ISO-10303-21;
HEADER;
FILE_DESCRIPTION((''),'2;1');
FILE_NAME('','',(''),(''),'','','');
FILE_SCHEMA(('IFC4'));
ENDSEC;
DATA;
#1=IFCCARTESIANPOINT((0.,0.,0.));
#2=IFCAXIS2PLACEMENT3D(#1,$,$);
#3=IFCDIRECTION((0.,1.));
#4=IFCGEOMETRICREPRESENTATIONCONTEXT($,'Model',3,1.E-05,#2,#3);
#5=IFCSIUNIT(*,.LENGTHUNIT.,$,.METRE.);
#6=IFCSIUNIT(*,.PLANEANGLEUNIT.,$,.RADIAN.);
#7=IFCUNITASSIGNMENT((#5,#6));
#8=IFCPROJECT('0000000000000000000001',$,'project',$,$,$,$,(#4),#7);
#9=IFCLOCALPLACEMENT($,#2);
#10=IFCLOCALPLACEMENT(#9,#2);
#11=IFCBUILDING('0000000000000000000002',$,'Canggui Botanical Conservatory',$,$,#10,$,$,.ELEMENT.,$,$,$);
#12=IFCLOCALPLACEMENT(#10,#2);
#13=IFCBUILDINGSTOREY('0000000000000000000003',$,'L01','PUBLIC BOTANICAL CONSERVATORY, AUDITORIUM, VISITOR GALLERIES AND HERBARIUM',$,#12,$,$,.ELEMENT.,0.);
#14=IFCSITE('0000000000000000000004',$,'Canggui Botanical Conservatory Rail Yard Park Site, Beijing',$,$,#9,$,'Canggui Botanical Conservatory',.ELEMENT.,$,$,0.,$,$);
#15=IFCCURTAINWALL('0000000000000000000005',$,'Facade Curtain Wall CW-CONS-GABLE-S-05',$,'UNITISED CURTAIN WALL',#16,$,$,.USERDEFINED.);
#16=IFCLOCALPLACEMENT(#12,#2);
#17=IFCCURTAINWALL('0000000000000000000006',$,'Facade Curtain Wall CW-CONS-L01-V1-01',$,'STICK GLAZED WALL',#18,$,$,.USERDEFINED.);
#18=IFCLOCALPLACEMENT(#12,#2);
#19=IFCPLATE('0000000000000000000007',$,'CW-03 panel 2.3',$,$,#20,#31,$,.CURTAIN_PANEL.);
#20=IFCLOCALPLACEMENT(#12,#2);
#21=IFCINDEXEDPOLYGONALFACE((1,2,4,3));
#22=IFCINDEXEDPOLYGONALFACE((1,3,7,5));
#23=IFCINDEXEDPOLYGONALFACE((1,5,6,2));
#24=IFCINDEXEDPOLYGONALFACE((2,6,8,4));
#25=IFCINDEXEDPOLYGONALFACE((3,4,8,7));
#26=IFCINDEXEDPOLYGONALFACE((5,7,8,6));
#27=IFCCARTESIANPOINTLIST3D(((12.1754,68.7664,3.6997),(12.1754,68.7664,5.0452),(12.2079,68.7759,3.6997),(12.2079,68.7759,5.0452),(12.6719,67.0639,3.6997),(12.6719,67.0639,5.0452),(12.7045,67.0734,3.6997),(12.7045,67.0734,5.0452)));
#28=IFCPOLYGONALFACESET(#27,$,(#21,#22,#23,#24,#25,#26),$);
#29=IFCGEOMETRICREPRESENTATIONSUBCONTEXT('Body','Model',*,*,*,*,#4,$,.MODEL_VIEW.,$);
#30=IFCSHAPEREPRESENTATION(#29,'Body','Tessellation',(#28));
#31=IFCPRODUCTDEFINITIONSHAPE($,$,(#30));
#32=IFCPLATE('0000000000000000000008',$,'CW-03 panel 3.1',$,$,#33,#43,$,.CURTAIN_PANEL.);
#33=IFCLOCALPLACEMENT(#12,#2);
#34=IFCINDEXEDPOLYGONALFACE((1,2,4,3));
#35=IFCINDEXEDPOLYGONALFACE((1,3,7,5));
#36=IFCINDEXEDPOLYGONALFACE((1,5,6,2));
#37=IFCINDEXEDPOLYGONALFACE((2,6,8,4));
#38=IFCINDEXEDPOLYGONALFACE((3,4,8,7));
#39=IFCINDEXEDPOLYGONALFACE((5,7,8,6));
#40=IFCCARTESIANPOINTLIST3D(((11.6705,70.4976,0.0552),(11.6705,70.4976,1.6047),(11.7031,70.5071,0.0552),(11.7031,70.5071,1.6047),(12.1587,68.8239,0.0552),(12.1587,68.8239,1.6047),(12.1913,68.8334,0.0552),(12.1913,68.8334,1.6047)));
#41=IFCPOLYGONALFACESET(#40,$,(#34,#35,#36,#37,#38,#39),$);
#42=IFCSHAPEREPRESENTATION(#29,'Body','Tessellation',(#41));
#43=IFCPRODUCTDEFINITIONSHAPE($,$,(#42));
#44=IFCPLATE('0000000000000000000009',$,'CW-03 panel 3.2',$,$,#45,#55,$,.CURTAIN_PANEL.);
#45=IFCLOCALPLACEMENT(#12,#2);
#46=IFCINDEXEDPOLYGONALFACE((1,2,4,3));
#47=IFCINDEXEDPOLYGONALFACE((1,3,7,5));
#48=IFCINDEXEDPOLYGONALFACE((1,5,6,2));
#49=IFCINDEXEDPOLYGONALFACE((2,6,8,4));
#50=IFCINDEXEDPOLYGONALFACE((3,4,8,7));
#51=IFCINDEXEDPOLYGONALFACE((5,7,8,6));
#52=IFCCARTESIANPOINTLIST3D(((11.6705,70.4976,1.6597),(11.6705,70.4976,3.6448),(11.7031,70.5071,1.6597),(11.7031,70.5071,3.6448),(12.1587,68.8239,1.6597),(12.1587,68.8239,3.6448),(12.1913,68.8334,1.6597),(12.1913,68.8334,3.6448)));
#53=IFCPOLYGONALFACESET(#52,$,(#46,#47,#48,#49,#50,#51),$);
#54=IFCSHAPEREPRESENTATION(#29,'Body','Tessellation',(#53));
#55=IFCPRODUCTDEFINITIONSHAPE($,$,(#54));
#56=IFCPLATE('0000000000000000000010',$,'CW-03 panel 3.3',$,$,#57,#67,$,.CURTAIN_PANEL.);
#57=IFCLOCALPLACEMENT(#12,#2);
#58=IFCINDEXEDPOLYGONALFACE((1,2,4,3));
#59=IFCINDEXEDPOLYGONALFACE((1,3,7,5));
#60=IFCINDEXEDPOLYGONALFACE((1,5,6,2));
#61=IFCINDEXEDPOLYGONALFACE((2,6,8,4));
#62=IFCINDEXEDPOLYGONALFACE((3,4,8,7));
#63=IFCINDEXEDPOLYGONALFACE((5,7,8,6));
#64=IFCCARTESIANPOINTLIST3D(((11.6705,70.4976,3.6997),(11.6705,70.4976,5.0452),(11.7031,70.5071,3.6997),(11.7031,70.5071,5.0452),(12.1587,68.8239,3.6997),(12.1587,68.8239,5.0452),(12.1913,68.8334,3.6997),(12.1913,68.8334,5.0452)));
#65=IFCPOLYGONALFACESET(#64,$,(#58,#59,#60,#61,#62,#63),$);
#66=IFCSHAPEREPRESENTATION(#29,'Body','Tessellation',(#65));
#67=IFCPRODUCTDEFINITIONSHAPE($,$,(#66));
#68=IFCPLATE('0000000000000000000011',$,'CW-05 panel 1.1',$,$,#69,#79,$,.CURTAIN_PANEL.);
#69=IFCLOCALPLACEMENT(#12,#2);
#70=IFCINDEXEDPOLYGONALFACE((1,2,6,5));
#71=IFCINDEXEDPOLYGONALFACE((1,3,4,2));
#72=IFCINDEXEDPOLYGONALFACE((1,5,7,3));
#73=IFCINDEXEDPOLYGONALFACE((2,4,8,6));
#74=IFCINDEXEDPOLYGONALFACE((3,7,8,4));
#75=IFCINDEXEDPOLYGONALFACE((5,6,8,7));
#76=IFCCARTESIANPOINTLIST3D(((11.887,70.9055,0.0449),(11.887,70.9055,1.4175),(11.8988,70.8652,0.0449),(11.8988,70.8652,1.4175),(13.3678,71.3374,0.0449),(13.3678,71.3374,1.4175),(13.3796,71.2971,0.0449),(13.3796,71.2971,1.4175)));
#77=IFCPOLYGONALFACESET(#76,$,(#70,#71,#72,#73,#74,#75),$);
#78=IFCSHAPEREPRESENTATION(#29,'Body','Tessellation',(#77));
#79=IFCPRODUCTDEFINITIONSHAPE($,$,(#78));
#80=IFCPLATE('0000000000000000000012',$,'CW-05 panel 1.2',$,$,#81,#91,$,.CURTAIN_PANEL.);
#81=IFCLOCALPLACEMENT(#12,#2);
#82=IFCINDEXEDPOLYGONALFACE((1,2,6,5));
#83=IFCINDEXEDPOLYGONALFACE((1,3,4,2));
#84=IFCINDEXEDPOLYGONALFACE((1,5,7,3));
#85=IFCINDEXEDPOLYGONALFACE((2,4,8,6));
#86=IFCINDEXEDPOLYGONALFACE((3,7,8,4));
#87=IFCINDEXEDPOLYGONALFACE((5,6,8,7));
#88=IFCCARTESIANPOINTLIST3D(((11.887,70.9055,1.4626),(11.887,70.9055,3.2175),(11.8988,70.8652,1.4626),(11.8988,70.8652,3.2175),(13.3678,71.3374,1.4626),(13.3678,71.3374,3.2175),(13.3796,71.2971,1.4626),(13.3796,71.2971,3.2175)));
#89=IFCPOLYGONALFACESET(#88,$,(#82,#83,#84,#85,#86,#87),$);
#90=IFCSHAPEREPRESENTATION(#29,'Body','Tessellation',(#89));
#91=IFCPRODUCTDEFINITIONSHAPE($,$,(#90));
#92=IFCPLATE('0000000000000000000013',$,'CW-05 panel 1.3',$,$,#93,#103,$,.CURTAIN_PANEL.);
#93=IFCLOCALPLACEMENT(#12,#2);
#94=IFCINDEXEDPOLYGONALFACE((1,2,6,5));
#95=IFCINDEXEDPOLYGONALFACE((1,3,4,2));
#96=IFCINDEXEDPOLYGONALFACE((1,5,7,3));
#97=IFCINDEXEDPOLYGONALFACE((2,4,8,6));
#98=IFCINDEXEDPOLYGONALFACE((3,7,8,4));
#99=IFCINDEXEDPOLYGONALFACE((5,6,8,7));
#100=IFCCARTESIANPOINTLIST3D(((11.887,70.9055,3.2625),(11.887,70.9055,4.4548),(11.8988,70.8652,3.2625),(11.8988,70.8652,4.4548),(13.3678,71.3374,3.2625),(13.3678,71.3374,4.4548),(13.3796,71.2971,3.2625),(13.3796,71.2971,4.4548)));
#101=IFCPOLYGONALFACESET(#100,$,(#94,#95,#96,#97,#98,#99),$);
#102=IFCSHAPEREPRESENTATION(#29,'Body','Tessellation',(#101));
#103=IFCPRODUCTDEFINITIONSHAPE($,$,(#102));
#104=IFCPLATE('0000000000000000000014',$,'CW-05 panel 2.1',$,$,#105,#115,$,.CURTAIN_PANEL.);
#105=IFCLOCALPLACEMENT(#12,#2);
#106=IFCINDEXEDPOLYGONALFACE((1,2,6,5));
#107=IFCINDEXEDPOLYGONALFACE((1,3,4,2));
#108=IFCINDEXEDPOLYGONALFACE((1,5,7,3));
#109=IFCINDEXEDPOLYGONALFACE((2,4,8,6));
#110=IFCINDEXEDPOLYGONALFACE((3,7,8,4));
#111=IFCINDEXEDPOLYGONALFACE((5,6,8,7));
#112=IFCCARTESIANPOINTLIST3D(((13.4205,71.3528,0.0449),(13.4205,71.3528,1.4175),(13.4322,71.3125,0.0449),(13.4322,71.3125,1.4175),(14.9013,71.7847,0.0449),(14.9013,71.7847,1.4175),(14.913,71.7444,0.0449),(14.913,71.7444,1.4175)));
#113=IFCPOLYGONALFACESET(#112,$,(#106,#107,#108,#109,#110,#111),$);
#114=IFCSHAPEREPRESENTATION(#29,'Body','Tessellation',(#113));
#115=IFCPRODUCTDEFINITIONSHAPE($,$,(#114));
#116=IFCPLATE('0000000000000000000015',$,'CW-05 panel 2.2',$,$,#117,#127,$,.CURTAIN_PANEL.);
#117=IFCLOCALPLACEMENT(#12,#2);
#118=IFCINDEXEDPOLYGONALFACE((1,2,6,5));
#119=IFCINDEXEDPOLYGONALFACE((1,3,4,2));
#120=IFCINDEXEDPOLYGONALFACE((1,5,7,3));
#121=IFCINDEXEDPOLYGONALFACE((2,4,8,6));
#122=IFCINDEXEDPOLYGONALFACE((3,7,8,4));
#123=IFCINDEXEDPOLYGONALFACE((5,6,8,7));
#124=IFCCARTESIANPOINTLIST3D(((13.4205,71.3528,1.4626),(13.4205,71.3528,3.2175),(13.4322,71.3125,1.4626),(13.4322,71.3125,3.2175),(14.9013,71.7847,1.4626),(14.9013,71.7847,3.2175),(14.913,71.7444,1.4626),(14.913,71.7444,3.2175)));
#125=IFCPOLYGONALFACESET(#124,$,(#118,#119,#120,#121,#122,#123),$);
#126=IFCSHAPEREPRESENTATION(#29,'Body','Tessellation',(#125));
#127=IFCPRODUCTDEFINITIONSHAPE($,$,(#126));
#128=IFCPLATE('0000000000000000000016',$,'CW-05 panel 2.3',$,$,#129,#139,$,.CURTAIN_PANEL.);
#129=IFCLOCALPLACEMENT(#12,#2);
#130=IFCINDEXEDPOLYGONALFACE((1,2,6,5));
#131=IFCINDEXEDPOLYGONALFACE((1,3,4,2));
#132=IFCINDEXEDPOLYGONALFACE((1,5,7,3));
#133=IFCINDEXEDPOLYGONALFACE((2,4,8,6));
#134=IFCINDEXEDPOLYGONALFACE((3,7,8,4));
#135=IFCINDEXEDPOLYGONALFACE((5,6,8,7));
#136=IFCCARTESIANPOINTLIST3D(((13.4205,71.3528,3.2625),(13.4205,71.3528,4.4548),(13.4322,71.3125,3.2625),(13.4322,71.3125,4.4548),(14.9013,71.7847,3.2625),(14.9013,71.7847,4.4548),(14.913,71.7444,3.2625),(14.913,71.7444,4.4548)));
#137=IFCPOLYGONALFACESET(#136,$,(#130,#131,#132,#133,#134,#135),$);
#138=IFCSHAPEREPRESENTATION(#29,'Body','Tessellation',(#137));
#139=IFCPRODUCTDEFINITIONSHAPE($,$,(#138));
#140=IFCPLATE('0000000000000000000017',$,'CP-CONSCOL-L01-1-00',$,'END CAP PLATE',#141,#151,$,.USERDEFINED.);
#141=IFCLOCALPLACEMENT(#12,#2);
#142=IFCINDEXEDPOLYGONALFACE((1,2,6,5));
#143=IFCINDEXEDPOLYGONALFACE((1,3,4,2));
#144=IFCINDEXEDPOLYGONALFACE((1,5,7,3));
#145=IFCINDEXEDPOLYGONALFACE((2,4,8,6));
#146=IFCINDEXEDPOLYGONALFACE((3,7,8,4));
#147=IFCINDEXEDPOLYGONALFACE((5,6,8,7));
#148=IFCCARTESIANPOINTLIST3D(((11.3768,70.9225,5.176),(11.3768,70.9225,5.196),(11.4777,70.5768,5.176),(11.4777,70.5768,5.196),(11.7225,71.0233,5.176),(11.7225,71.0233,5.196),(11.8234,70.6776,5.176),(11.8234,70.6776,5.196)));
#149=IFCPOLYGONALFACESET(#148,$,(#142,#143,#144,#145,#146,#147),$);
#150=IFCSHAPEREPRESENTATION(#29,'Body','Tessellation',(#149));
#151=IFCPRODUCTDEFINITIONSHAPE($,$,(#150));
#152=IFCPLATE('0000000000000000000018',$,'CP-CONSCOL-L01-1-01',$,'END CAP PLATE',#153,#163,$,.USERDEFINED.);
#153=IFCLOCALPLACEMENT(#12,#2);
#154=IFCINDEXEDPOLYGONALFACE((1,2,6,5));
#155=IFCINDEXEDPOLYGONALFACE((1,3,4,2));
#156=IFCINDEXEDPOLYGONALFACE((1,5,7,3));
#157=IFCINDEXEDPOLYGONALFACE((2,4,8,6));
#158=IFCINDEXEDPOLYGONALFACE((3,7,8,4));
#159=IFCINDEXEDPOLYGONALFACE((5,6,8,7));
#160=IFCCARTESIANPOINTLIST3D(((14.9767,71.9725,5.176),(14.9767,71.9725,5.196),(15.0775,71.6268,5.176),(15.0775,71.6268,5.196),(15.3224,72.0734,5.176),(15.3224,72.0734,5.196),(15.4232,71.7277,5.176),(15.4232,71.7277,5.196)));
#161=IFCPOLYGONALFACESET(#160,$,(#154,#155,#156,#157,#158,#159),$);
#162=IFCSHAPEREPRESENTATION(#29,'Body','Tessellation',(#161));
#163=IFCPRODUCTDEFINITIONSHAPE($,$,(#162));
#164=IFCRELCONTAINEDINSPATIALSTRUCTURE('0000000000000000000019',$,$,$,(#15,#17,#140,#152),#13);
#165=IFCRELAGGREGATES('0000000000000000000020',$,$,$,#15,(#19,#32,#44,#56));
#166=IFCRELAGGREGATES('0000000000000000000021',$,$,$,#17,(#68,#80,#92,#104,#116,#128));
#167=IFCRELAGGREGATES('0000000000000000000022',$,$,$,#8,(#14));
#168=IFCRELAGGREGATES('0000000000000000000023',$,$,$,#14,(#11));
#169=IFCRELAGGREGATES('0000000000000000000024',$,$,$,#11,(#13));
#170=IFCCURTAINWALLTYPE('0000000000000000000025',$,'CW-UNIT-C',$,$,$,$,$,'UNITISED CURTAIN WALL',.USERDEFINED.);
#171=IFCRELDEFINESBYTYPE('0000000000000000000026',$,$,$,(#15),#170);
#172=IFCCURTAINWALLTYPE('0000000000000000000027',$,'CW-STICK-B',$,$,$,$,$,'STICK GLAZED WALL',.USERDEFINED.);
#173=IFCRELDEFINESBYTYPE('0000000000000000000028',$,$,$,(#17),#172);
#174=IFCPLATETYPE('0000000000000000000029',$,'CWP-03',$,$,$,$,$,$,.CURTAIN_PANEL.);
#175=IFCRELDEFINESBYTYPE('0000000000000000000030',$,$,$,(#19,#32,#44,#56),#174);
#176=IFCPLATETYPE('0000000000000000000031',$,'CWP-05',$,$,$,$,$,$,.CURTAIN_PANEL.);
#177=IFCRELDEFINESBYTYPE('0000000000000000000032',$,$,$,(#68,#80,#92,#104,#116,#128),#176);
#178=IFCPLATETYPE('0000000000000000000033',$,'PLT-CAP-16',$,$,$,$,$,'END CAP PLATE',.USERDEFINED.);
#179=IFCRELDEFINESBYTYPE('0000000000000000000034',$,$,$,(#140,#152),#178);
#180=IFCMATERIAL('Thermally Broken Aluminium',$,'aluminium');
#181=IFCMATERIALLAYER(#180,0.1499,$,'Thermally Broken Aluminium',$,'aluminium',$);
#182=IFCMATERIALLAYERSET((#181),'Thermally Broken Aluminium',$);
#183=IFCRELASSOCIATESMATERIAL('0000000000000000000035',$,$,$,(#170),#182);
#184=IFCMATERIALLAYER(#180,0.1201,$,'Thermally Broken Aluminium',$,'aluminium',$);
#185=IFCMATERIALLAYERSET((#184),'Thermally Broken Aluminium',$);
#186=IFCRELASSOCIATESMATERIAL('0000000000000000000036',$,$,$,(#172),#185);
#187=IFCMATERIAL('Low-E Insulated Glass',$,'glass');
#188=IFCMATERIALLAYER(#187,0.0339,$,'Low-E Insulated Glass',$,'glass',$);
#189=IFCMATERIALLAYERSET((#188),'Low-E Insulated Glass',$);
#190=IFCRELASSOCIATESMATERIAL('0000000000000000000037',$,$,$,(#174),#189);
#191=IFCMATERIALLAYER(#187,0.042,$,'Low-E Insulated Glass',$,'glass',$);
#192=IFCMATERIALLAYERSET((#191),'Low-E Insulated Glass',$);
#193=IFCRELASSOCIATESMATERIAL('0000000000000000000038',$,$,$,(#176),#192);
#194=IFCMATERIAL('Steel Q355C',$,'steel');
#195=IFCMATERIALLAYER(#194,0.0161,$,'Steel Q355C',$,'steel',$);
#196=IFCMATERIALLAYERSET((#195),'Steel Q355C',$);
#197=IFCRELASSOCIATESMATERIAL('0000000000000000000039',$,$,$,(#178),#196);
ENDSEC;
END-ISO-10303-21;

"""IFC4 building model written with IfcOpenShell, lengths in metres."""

from ifc_helpers import new_model, si_unit, direction, frame, origin, origin_2d, place, context, subcontext, project, spatial, rectangle, extrude, material, layer, layer_set, type_object, element, aggregate, save


model = new_model("IFC4")

# Units and contexts
model_context = context("Model", 3, precision=1e-05, world=origin(), true_north=direction((0.0, 1.0)))
body_context = subcontext(model_context, "Body", "Model", "MODEL_VIEW")
ifc_project = project(units=[si_unit("LENGTHUNIT", "METRE"), si_unit("PLANEANGLEUNIT", "RADIAN")], contexts=[model_context])

# Site, building, storey
site_placement = place(None, origin())
site = spatial("IfcSite", under=ifc_project, at=site_placement, Name="Canggui Botanical Conservatory Rail Yard Park Site, Beijing", LongName="Canggui Botanical Conservatory", CompositionType="ELEMENT", RefElevation=0.0)
building_placement = place(site_placement, origin())
building = spatial("IfcBuilding", under=site, at=building_placement, Name="Canggui Botanical Conservatory", CompositionType="ELEMENT")
storey_placement = place(building_placement, origin())
storey = spatial("IfcBuildingStorey", under=building, at=storey_placement, Name="L01", Description="PUBLIC BOTANICAL CONSERVATORY, AUDITORIUM, VISITOR GALLERIES AND HERBARIUM", CompositionType="ELEMENT", Elevation=0.0)

# Shared definitions
ifc_material_1 = material(Name="Steel Q355C", Category="steel")

# Curtain walls
ifc_material_2 = material(Name="Thermally Broken Aluminium", Category="aluminium")
ifc_layer_1 = layer(ifc_material_2, 0.1499, Name="Thermally Broken Aluminium", Category="aluminium")
ifc_layer_set_1 = layer_set([ifc_layer_1], Name="Thermally Broken Aluminium")
curtain_wall_type_1 = type_object("IfcCurtainWallType", Name="CW-UNIT-C", ElementType="UNITISED CURTAIN WALL", PredefinedType="USERDEFINED", material=ifc_layer_set_1)
curtain_wall_1_placement = place(storey_placement, origin())
curtain_wall_1 = element("IfcCurtainWall", 1, at=curtain_wall_1_placement, inside=storey, type_object=curtain_wall_type_1, Name="Facade Curtain Wall CW-CONS-GABLE-S-05", ObjectType="UNITISED CURTAIN WALL", PredefinedType="USERDEFINED")
ifc_layer_2 = layer(ifc_material_2, 0.1201, Name="Thermally Broken Aluminium", Category="aluminium")
ifc_layer_set_2 = layer_set([ifc_layer_2], Name="Thermally Broken Aluminium")
curtain_wall_type_2 = type_object("IfcCurtainWallType", Name="CW-STICK-B", ElementType="STICK GLAZED WALL", PredefinedType="USERDEFINED", material=ifc_layer_set_2)
curtain_wall_2_placement = place(storey_placement, origin())
curtain_wall_2 = element("IfcCurtainWall", 2, at=curtain_wall_2_placement, inside=storey, type_object=curtain_wall_type_2, Name="Facade Curtain Wall CW-CONS-L01-V1-01", ObjectType="STICK GLAZED WALL", PredefinedType="USERDEFINED")

# Plates
ifc_material_3 = material(Name="Low-E Insulated Glass", Category="glass")
ifc_layer_3 = layer(ifc_material_3, 0.0339, Name="Low-E Insulated Glass", Category="glass")
ifc_layer_set_3 = layer_set([ifc_layer_3], Name="Low-E Insulated Glass")
plate_type_1 = type_object("IfcPlateType", Name="CWP-03", PredefinedType="CURTAIN_PANEL", material=ifc_layer_set_3)
plate_1_placement = place(storey_placement, frame((12.4399, 67.9199, 3.6997), z_axis=(0.0, 0.0, 1.0), x_axis=(-0.28, 0.96, 0.0)))
plate_1 = element("IfcPlate", 3, at=plate_1_placement, type_object=plate_type_1, Name="CW-03 panel 2.3", PredefinedType="CURTAIN_PANEL", context=body_context, shape_type="SweptSolid", body=[
    extrude(rectangle(XDim=1.7734, YDim=0.0339, at=origin_2d()), origin(), (0.0, 0.0, 1.0), 1.3455),
])
plate_2_placement = place(storey_placement, frame((11.9309, 69.6655, 0.0552), z_axis=(0.0, 0.0, 1.0), x_axis=(-0.28, 0.96, 0.0)))
plate_2 = element("IfcPlate", 4, at=plate_2_placement, type_object=plate_type_1, Name="CW-03 panel 3.1", PredefinedType="CURTAIN_PANEL", context=body_context, shape_type="SweptSolid", body=[
    extrude(rectangle(XDim=1.7434, YDim=0.0339, at=origin_2d()), origin(), (0.0, 0.0, 1.0), 1.5496),
])
plate_3_placement = place(storey_placement, frame((11.9309, 69.6655, 1.6597), z_axis=(0.0, 0.0, 1.0), x_axis=(-0.28, 0.96, 0.0)))
plate_3 = element("IfcPlate", 5, at=plate_3_placement, type_object=plate_type_1, Name="CW-03 panel 3.2", PredefinedType="CURTAIN_PANEL", context=body_context, shape_type="SweptSolid", body=[
    extrude(rectangle(XDim=1.7434, YDim=0.0339, at=origin_2d()), origin(), (0.0, 0.0, 1.0), 1.9851),
])
plate_4_placement = place(storey_placement, frame((11.9309, 69.6655, 3.6997), z_axis=(0.0, 0.0, 1.0), x_axis=(-0.28, 0.96, 0.0)))
plate_4 = element("IfcPlate", 6, at=plate_4_placement, type_object=plate_type_1, Name="CW-03 panel 3.3", PredefinedType="CURTAIN_PANEL", context=body_context, shape_type="SweptSolid", body=[
    extrude(rectangle(XDim=1.7434, YDim=0.0339, at=origin_2d()), origin(), (0.0, 0.0, 1.0), 1.3455),
])
aggregate(curtain_wall_1, [plate_1, plate_2, plate_3, plate_4])
ifc_layer_4 = layer(ifc_material_3, 0.042, Name="Low-E Insulated Glass", Category="glass")
ifc_layer_set_4 = layer_set([ifc_layer_4], Name="Low-E Insulated Glass")
plate_type_2 = type_object("IfcPlateType", Name="CWP-05", PredefinedType="CURTAIN_PANEL", material=ifc_layer_set_4)
plate_5_placement = place(storey_placement, frame((12.6333, 71.1013, 0.0449), z_axis=(0.0, 0.0, 1.0), x_axis=(0.96, 0.28, 0.0)))
plate_5 = element("IfcPlate", 7, at=plate_5_placement, type_object=plate_type_2, Name="CW-05 panel 1.1", PredefinedType="CURTAIN_PANEL", context=body_context, shape_type="SweptSolid", body=[
    extrude(rectangle(XDim=1.5425, YDim=0.042, at=origin_2d()), origin(), (0.0, 0.0, 1.0), 1.3726),
])
plate_6_placement = place(storey_placement, frame((12.6333, 71.1013, 1.4626), z_axis=(0.0, 0.0, 1.0), x_axis=(0.96, 0.28, 0.0)))
plate_6 = element("IfcPlate", 8, at=plate_6_placement, type_object=plate_type_2, Name="CW-05 panel 1.2", PredefinedType="CURTAIN_PANEL", context=body_context, shape_type="SweptSolid", body=[
    extrude(rectangle(XDim=1.5425, YDim=0.042, at=origin_2d()), origin(), (0.0, 0.0, 1.0), 1.7549),
])
plate_7_placement = place(storey_placement, frame((12.6333, 71.1013, 3.2625), z_axis=(0.0, 0.0, 1.0), x_axis=(0.96, 0.28, 0.0)))
plate_7 = element("IfcPlate", 9, at=plate_7_placement, type_object=plate_type_2, Name="CW-05 panel 1.3", PredefinedType="CURTAIN_PANEL", context=body_context, shape_type="SweptSolid", body=[
    extrude(rectangle(XDim=1.5425, YDim=0.042, at=origin_2d()), origin(), (0.0, 0.0, 1.0), 1.1924),
])
plate_8_placement = place(storey_placement, frame((14.1667, 71.5486, 0.0449), z_axis=(0.0, 0.0, 1.0), x_axis=(0.96, 0.28, 0.0)))
plate_8 = element("IfcPlate", 10, at=plate_8_placement, type_object=plate_type_2, Name="CW-05 panel 2.1", PredefinedType="CURTAIN_PANEL", context=body_context, shape_type="SweptSolid", body=[
    extrude(rectangle(XDim=1.5425, YDim=0.042, at=origin_2d()), origin(), (0.0, 0.0, 1.0), 1.3726),
])
plate_9_placement = place(storey_placement, frame((14.1667, 71.5486, 1.4626), z_axis=(0.0, 0.0, 1.0), x_axis=(0.96, 0.28, 0.0)))
plate_9 = element("IfcPlate", 11, at=plate_9_placement, type_object=plate_type_2, Name="CW-05 panel 2.2", PredefinedType="CURTAIN_PANEL", context=body_context, shape_type="SweptSolid", body=[
    extrude(rectangle(XDim=1.5425, YDim=0.042, at=origin_2d()), origin(), (0.0, 0.0, 1.0), 1.7549),
])
plate_10_placement = place(storey_placement, frame((14.1667, 71.5486, 3.2625), z_axis=(0.0, 0.0, 1.0), x_axis=(0.96, 0.28, 0.0)))
plate_10 = element("IfcPlate", 12, at=plate_10_placement, type_object=plate_type_2, Name="CW-05 panel 2.3", PredefinedType="CURTAIN_PANEL", context=body_context, shape_type="SweptSolid", body=[
    extrude(rectangle(XDim=1.5425, YDim=0.042, at=origin_2d()), origin(), (0.0, 0.0, 1.0), 1.1924),
])
aggregate(curtain_wall_2, [plate_5, plate_6, plate_7, plate_8, plate_9, plate_10])

# Plates
ifc_layer_5 = layer(ifc_material_1, 0.0161, Name="Steel Q355C", Category="steel")
ifc_layer_set_5 = layer_set([ifc_layer_5], Name="Steel Q355C")
plate_type_3 = type_object("IfcPlateType", Name="PLT-CAP-16", ElementType="END CAP PLATE", PredefinedType="USERDEFINED", material=ifc_layer_set_5)
for number, where, z_axis, x_axis, name in (
    (13, (11.6001, 70.8, 5.176), (0.0, 0.0, 1.0), (0.96, 0.28, 0.0), "CP-CONSCOL-L01-1-00"),
    (14, (15.2, 71.8501, 5.176), (0.0, 0.0, 1.0), (0.96, 0.28, 0.0), "CP-CONSCOL-L01-1-01"),
):
    element("IfcPlate", number, at=place(storey_placement, frame(where, z_axis=z_axis, x_axis=x_axis)), inside=storey, type_object=plate_type_3, Name=name, ObjectType="END CAP PLATE", PredefinedType="USERDEFINED", context=body_context, shape_type="SweptSolid", body=[
        extrude(rectangle(XDim=0.3601, YDim=0.3601, at=origin_2d()), origin(), (0.0, 0.0, 1.0), 0.02),
    ])

save(model, "model.ifc")
